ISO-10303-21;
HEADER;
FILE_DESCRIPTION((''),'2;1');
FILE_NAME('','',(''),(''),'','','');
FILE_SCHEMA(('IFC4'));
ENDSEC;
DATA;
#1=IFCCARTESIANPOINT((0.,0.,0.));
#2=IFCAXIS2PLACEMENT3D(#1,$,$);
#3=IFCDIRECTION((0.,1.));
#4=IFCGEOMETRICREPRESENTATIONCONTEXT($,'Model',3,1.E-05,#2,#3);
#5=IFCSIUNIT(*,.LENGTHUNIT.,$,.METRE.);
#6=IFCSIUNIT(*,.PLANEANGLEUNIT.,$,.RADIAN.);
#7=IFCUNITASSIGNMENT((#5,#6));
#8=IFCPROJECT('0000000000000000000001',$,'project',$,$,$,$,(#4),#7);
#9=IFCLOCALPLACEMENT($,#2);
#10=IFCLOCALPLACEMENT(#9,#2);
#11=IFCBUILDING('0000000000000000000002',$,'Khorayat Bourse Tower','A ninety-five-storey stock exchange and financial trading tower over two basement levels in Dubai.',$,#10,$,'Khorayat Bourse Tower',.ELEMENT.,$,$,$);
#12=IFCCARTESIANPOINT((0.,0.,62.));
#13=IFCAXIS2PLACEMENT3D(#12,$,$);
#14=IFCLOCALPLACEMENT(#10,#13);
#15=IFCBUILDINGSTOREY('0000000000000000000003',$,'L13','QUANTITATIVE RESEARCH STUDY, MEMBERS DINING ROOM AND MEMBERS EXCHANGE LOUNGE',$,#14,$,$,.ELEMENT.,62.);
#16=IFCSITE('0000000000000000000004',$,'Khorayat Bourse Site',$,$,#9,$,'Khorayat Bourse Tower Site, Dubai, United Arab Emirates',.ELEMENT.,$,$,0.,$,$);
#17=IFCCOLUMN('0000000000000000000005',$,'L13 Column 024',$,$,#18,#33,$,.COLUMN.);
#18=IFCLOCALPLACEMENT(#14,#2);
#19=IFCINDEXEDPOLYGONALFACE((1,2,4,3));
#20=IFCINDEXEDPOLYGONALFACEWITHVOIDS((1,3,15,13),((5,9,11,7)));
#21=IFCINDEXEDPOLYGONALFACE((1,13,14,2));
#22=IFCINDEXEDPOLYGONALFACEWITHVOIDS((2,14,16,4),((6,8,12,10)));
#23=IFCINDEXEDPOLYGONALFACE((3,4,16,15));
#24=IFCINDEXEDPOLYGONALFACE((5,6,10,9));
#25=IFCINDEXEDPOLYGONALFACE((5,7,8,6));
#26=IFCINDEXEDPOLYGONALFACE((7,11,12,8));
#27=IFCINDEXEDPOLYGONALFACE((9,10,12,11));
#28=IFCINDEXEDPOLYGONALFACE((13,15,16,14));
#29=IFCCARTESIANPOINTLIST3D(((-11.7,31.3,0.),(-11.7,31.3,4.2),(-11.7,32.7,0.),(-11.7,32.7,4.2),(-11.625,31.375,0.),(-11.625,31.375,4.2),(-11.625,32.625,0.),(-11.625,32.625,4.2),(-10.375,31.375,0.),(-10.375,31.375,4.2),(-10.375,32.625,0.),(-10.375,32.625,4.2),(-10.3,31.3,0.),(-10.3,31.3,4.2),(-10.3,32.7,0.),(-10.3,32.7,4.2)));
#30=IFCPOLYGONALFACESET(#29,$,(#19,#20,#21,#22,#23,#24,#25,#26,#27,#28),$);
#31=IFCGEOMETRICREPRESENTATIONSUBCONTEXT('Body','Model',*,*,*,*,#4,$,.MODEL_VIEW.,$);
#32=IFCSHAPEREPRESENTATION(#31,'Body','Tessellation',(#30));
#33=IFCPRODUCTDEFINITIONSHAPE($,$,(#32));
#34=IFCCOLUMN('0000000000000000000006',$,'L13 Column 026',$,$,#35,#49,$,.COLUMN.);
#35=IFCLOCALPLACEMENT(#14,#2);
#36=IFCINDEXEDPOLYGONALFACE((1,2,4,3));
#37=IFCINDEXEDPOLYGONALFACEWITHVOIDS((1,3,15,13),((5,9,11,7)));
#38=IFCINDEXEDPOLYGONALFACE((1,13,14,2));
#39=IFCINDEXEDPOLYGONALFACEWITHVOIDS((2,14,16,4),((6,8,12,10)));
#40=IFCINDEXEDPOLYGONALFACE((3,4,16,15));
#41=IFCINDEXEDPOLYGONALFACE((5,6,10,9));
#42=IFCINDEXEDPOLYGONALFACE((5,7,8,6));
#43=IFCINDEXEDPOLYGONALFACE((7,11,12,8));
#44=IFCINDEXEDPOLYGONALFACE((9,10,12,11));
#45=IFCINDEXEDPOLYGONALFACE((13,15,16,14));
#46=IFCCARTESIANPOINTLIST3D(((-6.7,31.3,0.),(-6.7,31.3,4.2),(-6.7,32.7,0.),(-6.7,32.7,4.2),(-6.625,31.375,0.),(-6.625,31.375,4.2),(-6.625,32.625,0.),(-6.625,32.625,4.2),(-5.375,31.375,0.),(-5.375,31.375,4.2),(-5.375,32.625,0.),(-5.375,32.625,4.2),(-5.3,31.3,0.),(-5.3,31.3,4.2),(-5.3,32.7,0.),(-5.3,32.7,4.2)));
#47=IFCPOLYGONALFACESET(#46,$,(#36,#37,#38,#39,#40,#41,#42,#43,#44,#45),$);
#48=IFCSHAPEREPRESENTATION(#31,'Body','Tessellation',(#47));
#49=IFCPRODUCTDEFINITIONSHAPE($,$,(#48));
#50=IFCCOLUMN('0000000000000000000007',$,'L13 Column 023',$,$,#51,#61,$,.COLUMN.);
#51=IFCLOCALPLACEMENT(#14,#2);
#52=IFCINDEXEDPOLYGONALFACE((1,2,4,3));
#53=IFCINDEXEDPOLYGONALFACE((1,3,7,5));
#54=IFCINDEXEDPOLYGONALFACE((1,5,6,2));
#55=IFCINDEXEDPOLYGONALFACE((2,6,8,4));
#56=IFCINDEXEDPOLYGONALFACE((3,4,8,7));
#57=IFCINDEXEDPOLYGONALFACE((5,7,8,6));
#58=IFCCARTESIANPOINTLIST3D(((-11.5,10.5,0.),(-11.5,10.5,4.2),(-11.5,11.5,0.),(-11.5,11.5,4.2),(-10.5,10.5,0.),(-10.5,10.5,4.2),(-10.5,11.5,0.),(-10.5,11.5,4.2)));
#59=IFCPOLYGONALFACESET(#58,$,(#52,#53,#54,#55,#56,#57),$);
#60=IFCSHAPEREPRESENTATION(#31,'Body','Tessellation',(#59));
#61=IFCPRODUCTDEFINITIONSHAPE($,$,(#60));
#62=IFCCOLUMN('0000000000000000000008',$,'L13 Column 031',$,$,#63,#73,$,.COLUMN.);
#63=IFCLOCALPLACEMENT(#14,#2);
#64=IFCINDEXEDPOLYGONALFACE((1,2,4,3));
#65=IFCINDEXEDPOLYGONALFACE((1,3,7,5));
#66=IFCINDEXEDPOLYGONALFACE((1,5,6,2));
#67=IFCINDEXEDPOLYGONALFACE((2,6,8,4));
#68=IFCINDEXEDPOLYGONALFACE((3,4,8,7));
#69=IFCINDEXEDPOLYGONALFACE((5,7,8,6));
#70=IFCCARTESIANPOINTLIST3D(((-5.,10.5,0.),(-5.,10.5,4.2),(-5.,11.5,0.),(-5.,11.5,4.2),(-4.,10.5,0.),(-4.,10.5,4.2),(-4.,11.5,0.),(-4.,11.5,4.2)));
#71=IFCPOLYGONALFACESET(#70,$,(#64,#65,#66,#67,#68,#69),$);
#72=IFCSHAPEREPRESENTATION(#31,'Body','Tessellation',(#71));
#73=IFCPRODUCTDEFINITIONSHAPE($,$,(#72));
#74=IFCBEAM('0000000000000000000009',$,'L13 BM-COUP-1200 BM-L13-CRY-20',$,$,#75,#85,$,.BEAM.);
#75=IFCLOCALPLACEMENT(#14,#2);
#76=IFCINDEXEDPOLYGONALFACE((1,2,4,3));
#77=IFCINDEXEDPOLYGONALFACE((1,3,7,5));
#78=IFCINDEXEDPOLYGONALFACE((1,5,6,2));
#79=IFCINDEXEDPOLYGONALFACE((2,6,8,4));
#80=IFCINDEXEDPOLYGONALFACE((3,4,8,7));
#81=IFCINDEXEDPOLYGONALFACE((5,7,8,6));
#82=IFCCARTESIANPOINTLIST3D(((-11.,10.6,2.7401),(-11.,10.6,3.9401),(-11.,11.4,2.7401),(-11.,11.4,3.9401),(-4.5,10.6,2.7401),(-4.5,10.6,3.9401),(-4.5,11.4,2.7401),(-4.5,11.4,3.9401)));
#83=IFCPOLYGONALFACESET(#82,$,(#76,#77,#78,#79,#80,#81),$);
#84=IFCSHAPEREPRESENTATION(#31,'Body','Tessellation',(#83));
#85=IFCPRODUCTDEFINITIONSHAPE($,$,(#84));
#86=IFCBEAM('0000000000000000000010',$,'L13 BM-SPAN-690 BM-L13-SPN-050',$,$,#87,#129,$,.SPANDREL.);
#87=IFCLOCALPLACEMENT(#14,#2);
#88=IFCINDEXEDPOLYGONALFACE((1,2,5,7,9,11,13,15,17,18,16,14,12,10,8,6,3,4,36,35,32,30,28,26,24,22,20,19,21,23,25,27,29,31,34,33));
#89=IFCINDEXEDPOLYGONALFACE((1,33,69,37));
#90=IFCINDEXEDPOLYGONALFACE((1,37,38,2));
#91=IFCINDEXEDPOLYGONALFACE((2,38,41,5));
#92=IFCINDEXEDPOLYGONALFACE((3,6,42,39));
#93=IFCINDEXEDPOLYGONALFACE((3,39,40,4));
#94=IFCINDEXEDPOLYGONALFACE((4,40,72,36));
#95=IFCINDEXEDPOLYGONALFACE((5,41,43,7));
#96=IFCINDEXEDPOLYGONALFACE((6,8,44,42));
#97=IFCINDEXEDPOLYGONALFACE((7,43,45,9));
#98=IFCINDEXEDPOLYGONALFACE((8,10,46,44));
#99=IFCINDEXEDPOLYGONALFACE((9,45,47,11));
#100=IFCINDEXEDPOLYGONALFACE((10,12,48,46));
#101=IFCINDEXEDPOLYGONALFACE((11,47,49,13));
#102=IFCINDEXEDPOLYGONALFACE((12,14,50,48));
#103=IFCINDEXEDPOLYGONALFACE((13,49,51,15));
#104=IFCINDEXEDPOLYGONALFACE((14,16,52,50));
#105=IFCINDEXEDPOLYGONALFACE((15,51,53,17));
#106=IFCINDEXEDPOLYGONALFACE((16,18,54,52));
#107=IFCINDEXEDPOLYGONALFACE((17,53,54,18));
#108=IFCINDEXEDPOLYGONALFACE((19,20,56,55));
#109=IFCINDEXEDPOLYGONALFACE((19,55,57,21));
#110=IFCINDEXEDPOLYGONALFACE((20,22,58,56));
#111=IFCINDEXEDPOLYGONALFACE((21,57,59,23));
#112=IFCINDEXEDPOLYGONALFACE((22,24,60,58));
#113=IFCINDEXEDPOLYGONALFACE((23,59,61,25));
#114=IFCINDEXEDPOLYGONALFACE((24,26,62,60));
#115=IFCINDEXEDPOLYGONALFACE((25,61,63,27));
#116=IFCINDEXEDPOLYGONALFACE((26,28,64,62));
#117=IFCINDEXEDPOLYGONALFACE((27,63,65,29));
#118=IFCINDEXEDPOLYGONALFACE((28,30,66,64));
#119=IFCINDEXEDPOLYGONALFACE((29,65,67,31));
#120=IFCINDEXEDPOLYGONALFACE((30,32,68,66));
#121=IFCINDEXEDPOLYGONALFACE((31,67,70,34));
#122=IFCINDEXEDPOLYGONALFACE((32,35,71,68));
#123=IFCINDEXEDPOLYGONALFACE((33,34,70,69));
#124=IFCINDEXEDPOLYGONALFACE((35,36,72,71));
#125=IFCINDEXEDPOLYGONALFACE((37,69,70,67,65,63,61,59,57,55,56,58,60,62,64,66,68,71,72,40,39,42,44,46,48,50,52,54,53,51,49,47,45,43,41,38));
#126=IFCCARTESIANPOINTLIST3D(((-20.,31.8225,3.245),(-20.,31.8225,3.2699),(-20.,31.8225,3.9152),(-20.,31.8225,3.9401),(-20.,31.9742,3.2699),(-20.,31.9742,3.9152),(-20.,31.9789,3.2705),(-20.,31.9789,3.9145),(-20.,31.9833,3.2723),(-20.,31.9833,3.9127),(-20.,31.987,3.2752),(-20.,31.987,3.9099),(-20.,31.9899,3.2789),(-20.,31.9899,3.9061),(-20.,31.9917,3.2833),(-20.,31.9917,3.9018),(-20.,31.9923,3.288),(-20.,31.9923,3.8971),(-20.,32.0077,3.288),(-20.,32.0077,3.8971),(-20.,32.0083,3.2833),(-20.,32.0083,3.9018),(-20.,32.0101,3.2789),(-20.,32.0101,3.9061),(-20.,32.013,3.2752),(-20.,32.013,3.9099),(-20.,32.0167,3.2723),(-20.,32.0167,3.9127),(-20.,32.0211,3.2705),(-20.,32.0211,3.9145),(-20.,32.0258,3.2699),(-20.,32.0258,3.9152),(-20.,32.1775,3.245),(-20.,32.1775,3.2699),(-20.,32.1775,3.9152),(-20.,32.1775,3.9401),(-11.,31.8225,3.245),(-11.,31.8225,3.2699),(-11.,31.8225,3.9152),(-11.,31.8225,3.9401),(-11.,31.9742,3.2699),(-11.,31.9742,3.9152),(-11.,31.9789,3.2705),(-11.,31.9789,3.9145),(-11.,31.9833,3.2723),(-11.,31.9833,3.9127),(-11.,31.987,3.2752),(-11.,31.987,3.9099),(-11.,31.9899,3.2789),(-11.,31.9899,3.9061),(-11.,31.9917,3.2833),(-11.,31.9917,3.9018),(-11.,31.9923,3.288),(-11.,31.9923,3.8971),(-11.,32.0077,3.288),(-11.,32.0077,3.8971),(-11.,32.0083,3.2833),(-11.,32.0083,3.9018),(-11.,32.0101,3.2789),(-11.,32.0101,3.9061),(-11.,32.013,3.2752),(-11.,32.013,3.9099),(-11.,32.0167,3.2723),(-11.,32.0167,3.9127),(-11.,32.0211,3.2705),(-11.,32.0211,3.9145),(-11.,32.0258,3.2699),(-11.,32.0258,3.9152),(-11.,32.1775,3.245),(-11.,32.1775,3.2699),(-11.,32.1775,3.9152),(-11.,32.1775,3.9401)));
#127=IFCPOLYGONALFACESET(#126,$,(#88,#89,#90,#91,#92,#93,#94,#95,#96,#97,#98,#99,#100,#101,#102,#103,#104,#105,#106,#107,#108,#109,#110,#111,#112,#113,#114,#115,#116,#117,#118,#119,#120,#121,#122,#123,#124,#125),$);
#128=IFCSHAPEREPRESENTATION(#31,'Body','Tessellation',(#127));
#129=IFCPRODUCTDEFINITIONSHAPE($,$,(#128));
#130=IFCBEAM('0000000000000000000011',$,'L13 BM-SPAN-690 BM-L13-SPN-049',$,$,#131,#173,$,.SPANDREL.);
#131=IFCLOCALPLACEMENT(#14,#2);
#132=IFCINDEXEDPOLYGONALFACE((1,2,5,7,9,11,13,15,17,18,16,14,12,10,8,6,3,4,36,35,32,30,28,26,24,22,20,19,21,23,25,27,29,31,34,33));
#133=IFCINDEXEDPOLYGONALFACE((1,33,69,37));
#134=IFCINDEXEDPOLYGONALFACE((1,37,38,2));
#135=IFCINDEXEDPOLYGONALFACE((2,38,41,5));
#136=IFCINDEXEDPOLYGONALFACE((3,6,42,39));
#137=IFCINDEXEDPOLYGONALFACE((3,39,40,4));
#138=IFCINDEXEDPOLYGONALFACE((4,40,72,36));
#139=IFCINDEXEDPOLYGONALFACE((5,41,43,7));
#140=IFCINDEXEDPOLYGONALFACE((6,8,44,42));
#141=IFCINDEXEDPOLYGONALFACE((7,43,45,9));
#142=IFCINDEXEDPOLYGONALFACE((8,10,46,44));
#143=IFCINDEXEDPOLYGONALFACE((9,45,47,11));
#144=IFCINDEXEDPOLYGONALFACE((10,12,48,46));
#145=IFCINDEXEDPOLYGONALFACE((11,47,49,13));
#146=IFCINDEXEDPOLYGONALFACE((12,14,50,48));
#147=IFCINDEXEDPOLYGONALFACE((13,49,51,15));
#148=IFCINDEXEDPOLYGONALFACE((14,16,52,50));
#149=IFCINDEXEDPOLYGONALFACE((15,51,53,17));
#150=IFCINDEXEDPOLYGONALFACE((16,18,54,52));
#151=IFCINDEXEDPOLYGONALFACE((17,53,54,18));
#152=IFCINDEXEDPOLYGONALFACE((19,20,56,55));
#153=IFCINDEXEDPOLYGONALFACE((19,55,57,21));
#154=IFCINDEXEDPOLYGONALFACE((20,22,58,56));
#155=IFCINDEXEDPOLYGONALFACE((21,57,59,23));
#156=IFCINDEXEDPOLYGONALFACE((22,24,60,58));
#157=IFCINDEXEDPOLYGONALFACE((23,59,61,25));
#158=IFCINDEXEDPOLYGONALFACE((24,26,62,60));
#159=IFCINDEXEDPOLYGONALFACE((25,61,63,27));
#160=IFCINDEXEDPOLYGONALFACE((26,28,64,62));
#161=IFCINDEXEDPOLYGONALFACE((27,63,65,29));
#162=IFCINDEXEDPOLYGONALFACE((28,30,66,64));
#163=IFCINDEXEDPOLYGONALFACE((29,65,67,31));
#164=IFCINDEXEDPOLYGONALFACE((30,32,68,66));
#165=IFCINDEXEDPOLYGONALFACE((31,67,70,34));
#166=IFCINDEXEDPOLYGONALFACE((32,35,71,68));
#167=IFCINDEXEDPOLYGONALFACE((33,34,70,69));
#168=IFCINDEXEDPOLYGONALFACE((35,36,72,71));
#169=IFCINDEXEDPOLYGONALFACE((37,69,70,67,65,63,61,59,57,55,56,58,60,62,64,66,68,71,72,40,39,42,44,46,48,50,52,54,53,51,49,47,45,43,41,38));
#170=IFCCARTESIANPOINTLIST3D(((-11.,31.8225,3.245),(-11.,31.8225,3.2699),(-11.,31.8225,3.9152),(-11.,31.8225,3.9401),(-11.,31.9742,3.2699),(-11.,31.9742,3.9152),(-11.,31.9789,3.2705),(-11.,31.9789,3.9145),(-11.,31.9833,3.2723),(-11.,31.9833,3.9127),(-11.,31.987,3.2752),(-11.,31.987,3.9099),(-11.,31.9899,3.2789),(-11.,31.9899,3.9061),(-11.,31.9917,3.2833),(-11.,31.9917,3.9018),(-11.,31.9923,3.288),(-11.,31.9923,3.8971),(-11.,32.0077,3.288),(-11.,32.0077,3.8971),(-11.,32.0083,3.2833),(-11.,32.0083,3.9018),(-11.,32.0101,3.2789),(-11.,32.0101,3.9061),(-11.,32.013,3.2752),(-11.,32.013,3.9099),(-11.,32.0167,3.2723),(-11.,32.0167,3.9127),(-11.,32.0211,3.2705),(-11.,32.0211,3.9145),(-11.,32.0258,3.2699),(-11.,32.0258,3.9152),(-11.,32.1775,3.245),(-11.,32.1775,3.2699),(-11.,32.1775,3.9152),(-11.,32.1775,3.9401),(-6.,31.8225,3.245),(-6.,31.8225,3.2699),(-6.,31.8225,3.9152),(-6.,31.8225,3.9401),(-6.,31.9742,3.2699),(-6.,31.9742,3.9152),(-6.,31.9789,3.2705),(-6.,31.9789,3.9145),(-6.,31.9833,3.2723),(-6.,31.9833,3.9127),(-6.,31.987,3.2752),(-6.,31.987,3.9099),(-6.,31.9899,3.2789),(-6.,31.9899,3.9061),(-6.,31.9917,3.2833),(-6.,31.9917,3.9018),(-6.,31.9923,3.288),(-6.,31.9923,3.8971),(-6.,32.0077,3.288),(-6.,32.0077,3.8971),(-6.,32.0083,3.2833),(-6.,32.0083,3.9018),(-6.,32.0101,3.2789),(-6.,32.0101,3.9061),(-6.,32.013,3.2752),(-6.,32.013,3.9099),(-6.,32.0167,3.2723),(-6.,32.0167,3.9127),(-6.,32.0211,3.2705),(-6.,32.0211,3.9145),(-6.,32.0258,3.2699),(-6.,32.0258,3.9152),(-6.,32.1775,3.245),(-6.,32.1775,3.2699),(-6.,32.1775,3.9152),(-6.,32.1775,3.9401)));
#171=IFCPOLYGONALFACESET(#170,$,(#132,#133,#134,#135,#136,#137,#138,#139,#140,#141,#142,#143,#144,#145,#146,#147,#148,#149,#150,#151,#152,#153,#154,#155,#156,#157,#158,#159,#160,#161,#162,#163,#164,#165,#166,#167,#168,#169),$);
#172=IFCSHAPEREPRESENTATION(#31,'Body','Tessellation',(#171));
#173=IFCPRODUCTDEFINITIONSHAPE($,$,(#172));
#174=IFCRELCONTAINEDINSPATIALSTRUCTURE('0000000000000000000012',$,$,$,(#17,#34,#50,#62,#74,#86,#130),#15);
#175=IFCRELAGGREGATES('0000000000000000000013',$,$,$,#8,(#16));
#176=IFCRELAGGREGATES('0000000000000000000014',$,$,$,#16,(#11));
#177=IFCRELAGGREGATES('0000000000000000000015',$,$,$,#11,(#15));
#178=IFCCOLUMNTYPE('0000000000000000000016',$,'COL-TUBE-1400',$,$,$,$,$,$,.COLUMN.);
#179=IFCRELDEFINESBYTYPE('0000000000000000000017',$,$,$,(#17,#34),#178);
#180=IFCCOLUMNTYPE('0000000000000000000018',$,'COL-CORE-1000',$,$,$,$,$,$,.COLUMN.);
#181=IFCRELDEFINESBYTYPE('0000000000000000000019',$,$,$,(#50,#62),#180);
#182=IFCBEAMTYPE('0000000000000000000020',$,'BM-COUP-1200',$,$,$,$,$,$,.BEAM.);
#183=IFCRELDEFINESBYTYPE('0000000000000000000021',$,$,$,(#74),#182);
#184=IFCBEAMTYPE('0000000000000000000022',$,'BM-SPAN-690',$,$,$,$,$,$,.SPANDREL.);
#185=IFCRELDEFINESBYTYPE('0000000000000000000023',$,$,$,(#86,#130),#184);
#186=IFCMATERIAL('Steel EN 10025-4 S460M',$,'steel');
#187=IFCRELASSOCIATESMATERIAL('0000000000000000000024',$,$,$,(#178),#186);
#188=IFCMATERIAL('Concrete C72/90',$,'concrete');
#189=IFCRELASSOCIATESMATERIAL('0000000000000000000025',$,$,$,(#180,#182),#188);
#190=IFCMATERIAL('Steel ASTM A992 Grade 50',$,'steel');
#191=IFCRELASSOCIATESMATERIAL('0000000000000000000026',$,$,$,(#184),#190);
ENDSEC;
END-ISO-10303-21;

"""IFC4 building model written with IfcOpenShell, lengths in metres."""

from ifc_helpers import new_model, si_unit, direction, frame, origin, origin_2d, place, context, subcontext, project, spatial, rectangle, hollow_rectangle, i_section, extrude, source, transform, mapped, material, material_profile, profile_set, type_object, element, save


model = new_model("IFC4")

# Units and contexts
model_context = context("Model", 3, precision=1e-05, world=origin(), true_north=direction((0.0, 1.0)))
body_context = subcontext(model_context, "Body", "Model", "MODEL_VIEW")
ifc_project = project(units=[si_unit("LENGTHUNIT", "METRE"), si_unit("PLANEANGLEUNIT", "RADIAN")], contexts=[model_context])

# Site, building, storey
site_placement = place(None, origin())
site = spatial("IfcSite", under=ifc_project, at=site_placement, Name="Khorayat Bourse Site", LongName="Khorayat Bourse Tower Site, Dubai, United Arab Emirates", CompositionType="ELEMENT", RefElevation=0.0)
building_placement = place(site_placement, origin())
building = spatial("IfcBuilding", under=site, at=building_placement, Name="Khorayat Bourse Tower", Description="A ninety-five-storey stock exchange and financial trading tower over two basement levels in Dubai.", LongName="Khorayat Bourse Tower", CompositionType="ELEMENT")
storey_placement = place(building_placement, frame((0.0, 0.0, 62.0)))
storey = spatial("IfcBuildingStorey", under=building, at=storey_placement, Name="L13", Description="QUANTITATIVE RESEARCH STUDY, MEMBERS DINING ROOM AND MEMBERS EXCHANGE LOUNGE", CompositionType="ELEMENT", Elevation=62.0)

# Columns
ifc_material_1 = material(Name="Steel EN 10025-4 S460M", Category="steel")
ifc_material_profile_1 = material_profile(ifc_material_1, hollow_rectangle(XDim=1.3999, YDim=1.3999, WallThickness=0.075, at=origin_2d()), Name="BOX 1400x1400x75")
ifc_profile_set_1 = profile_set([ifc_material_profile_1], Name="Steel EN 10025-4 S460M")
column_type_1 = type_object("IfcColumnType", Name="COL-TUBE-1400", PredefinedType="COLUMN", material=ifc_profile_set_1)
shared_shape_1 = source(origin(), body_context, "Body", "SweptSolid", [
    extrude(hollow_rectangle(XDim=1.3999, YDim=1.3999, WallThickness=0.075, at=origin_2d()), origin(), (0.0, 0.0, 1.0), 4.2),
])
for number, where, z_axis, x_axis, name in (
    (1, (-11.0, 32.0, 0.0), (0.0, 0.0, 1.0), (1.0, 0.0, 0.0), "L13 Column 024"),
    (2, (-6.0, 32.0, 0.0), (0.0, 0.0, 1.0), (1.0, 0.0, 0.0), "L13 Column 026"),
):
    element("IfcColumn", number, at=place(storey_placement, frame(where, z_axis=z_axis, x_axis=x_axis)), inside=storey, type_object=column_type_1, Name=name, PredefinedType="COLUMN", context=body_context, shape_type="MappedRepresentation", body=[
        mapped(shared_shape_1, transform((0.0, 0.0, 0.0), scale=1.0)),
    ])
ifc_material_2 = material(Name="Concrete C72/90", Category="concrete")
ifc_material_profile_2 = material_profile(ifc_material_2, rectangle(XDim=1.0, YDim=1.0, at=origin_2d()), Name="RC 1000x1000")
ifc_profile_set_2 = profile_set([ifc_material_profile_2], Name="Concrete C72/90")
column_type_2 = type_object("IfcColumnType", Name="COL-CORE-1000", PredefinedType="COLUMN", material=ifc_profile_set_2)
shared_shape_2 = source(origin(), body_context, "Body", "SweptSolid", [
    extrude(rectangle(XDim=1.0, YDim=1.0, at=origin_2d()), origin(), (0.0, 0.0, 1.0), 4.2),
])
for number, where, z_axis, x_axis, name in (
    (3, (-11.0, 11.0, 0.0), (0.0, 0.0, 1.0), (1.0, 0.0, 0.0), "L13 Column 023"),
    (4, (-4.5, 11.0, 0.0), (0.0, 0.0, 1.0), (1.0, 0.0, 0.0), "L13 Column 031"),
):
    element("IfcColumn", number, at=place(storey_placement, frame(where, z_axis=z_axis, x_axis=x_axis)), inside=storey, type_object=column_type_2, Name=name, PredefinedType="COLUMN", context=body_context, shape_type="MappedRepresentation", body=[
        mapped(shared_shape_2, transform((0.0, 0.0, 0.0), scale=1.0)),
    ])

# Beams
ifc_material_profile_3 = material_profile(ifc_material_2, rectangle(XDim=0.8, YDim=1.2, at=origin_2d()), Name="RC 800x1200")
ifc_profile_set_3 = profile_set([ifc_material_profile_3], Name="Concrete C72/90")
beam_type_1 = type_object("IfcBeamType", Name="BM-COUP-1200", PredefinedType="BEAM", material=ifc_profile_set_3)
shared_shape_3 = source(origin(), body_context, "Body", "SweptSolid", [
    extrude(rectangle(XDim=0.8, YDim=1.2, at=origin_2d()), origin(), (0.0, 0.0, 1.0), 6.5),
])
beam_1_placement = place(storey_placement, frame((-11.0, 11.0, 3.3401), z_axis=(1.0, 0.0, 0.0), x_axis=(0.0, 1.0, 0.0)))
element("IfcBeam", 5, at=beam_1_placement, inside=storey, type_object=beam_type_1, Name="L13 BM-COUP-1200 BM-L13-CRY-20", PredefinedType="BEAM", context=body_context, shape_type="MappedRepresentation", body=[
    mapped(shared_shape_3, transform((0.0, 0.0, 0.0), scale=1.0)),
])
ifc_material_3 = material(Name="Steel ASTM A992 Grade 50", Category="steel")
ifc_material_profile_4 = material_profile(ifc_material_3, i_section(OverallWidth=0.355, OverallDepth=0.6951, WebThickness=0.0154, FlangeThickness=0.0249, FilletRadius=0.0181, at=origin_2d()), Name="W690X217")
ifc_profile_set_4 = profile_set([ifc_material_profile_4], Name="Steel ASTM A992 Grade 50")
beam_type_2 = type_object("IfcBeamType", Name="BM-SPAN-690", PredefinedType="SPANDREL", material=ifc_profile_set_4)
shared_shape_4 = source(origin(), body_context, "Body", "SweptSolid", [
    extrude(i_section(OverallWidth=0.355, OverallDepth=0.6951, WebThickness=0.0154, FlangeThickness=0.0249, FilletRadius=0.0181, at=origin_2d()), origin(), (0.0, 0.0, 1.0), 9.0),
])
beam_2_placement = place(storey_placement, frame((-20.0, 32.0, 3.5925), z_axis=(1.0, 0.0, 0.0), x_axis=(0.0, 1.0, 0.0)))
element("IfcBeam", 6, at=beam_2_placement, inside=storey, type_object=beam_type_2, Name="L13 BM-SPAN-690 BM-L13-SPN-050", PredefinedType="SPANDREL", context=body_context, shape_type="MappedRepresentation", body=[
    mapped(shared_shape_4, transform((0.0, 0.0, 0.0), scale=1.0)),
])
shared_shape_5 = source(origin(), body_context, "Body", "SweptSolid", [
    extrude(i_section(OverallWidth=0.355, OverallDepth=0.6951, WebThickness=0.0154, FlangeThickness=0.0249, FilletRadius=0.0181, at=origin_2d()), origin(), (0.0, 0.0, 1.0), 5.0),
])
beam_3_placement = place(storey_placement, frame((-11.0, 32.0, 3.5925), z_axis=(1.0, 0.0, 0.0), x_axis=(0.0, 1.0, 0.0)))
element("IfcBeam", 7, at=beam_3_placement, inside=storey, type_object=beam_type_2, Name="L13 BM-SPAN-690 BM-L13-SPN-049", PredefinedType="SPANDREL", context=body_context, shape_type="MappedRepresentation", body=[
    mapped(shared_shape_5, transform((0.0, 0.0, 0.0), scale=1.0)),
])

save(model, "model.ifc")
